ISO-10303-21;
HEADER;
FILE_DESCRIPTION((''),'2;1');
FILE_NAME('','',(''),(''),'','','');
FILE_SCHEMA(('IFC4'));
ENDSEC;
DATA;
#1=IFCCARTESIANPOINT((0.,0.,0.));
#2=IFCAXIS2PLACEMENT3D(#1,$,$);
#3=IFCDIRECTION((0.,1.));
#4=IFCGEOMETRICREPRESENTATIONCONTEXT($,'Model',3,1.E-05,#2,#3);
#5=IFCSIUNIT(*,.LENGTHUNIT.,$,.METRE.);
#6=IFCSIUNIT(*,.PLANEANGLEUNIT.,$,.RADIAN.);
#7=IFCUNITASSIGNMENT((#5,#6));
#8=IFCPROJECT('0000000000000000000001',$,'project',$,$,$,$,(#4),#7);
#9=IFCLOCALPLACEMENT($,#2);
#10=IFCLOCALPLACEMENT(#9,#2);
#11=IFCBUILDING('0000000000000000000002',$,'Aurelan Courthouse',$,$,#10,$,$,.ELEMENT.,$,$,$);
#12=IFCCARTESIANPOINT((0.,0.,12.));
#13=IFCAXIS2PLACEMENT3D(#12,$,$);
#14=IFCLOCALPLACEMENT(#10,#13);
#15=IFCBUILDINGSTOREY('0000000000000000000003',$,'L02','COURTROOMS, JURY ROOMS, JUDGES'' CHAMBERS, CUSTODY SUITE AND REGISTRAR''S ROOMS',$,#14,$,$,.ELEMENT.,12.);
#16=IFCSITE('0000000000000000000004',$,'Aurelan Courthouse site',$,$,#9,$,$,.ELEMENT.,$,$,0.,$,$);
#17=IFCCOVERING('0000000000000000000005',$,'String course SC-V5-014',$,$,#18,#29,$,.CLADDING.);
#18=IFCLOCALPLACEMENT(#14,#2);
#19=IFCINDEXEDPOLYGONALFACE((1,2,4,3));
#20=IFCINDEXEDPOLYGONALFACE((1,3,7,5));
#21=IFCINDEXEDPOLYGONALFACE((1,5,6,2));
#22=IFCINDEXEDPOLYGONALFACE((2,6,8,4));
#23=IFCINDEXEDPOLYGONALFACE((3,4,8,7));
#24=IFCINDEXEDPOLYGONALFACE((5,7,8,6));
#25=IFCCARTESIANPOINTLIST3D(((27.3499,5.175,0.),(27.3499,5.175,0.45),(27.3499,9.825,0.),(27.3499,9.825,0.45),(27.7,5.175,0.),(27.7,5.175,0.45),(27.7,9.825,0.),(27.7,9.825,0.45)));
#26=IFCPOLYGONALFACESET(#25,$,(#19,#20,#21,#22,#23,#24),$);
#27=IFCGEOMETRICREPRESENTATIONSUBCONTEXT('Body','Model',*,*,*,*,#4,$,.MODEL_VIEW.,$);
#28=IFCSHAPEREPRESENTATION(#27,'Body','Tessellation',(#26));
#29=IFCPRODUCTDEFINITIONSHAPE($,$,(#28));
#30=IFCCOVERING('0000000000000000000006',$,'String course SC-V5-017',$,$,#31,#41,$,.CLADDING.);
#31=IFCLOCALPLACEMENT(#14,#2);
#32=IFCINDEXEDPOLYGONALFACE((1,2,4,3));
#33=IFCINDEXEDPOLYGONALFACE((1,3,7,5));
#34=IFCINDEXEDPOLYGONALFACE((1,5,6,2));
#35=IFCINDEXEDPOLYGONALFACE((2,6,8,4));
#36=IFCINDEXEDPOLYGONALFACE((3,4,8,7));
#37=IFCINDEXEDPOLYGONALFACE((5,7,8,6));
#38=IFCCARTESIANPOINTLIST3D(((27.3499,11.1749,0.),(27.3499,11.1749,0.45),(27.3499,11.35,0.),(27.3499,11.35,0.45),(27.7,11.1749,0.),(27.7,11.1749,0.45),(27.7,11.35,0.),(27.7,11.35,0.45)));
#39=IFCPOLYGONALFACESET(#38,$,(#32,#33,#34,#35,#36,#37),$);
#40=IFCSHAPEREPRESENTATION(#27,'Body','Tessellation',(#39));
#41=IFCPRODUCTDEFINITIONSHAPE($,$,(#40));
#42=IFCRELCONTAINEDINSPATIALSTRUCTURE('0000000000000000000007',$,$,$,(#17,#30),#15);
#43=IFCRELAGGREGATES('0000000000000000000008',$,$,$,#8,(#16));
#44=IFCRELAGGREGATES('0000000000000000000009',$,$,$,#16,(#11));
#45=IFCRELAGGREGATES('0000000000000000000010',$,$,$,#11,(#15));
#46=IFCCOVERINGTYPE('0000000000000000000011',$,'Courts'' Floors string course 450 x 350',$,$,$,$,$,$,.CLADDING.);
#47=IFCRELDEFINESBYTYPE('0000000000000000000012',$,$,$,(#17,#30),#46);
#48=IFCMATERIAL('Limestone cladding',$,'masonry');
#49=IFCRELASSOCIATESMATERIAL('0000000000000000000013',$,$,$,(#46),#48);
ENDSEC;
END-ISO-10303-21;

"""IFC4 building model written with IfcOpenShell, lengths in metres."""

from ifc_helpers import new_model, si_unit, direction, frame, origin, origin_2d, place, context, subcontext, project, spatial, rectangle, extrude, material, type_object, element, save


model = new_model("IFC4")

# Units and contexts
model_context = context("Model", 3, precision=1e-05, world=origin(), true_north=direction((0.0, 1.0)))
body_context = subcontext(model_context, "Body", "Model", "MODEL_VIEW")
ifc_project = project(units=[si_unit("LENGTHUNIT", "METRE"), si_unit("PLANEANGLEUNIT", "RADIAN")], contexts=[model_context])

# Site, building, storey
site_placement = place(None, origin())
site = spatial("IfcSite", under=ifc_project, at=site_placement, Name="Aurelan Courthouse site", CompositionType="ELEMENT", RefElevation=0.0)
building_placement = place(site_placement, origin())
building = spatial("IfcBuilding", under=site, at=building_placement, Name="Aurelan Courthouse", CompositionType="ELEMENT")
storey_placement = place(building_placement, frame((0.0, 0.0, 12.0)))
storey = spatial("IfcBuildingStorey", under=building, at=storey_placement, Name="L02", Description="COURTROOMS, JURY ROOMS, JUDGES' CHAMBERS, CUSTODY SUITE AND REGISTRAR'S ROOMS", CompositionType="ELEMENT", Elevation=12.0)

# Shared definitions
ifc_material_1 = material(Name="Limestone cladding", Category="masonry")

# Coverings
covering_type_1 = type_object("IfcCoveringType", Name="Courts' Floors string course 450 x 350", PredefinedType="CLADDING", material=ifc_material_1)
covering_1_placement = place(storey_placement, frame((27.5249, 7.5, 0.0), z_axis=(0.0, 0.0, 1.0), x_axis=(1.0, 0.0, 0.0)))
element("IfcCovering", 1, at=covering_1_placement, inside=storey, type_object=covering_type_1, Name="String course SC-V5-014", PredefinedType="CLADDING", context=body_context, shape_type="SweptSolid", body=[
    extrude(rectangle(XDim=0.3501, YDim=4.6499, at=origin_2d()), origin(), (0.0, 0.0, 1.0), 0.45),
])
covering_2_placement = place(storey_placement, frame((27.5249, 11.2625, 0.0), z_axis=(0.0, 0.0, 1.0), x_axis=(1.0, 0.0, 0.0)))
element("IfcCovering", 2, at=covering_2_placement, inside=storey, type_object=covering_type_1, Name="String course SC-V5-017", PredefinedType="CLADDING", context=body_context, shape_type="SweptSolid", body=[
    extrude(rectangle(XDim=0.3501, YDim=0.175, at=origin_2d()), origin(), (0.0, 0.0, 1.0), 0.45),
])

save(model, "model.ifc")
